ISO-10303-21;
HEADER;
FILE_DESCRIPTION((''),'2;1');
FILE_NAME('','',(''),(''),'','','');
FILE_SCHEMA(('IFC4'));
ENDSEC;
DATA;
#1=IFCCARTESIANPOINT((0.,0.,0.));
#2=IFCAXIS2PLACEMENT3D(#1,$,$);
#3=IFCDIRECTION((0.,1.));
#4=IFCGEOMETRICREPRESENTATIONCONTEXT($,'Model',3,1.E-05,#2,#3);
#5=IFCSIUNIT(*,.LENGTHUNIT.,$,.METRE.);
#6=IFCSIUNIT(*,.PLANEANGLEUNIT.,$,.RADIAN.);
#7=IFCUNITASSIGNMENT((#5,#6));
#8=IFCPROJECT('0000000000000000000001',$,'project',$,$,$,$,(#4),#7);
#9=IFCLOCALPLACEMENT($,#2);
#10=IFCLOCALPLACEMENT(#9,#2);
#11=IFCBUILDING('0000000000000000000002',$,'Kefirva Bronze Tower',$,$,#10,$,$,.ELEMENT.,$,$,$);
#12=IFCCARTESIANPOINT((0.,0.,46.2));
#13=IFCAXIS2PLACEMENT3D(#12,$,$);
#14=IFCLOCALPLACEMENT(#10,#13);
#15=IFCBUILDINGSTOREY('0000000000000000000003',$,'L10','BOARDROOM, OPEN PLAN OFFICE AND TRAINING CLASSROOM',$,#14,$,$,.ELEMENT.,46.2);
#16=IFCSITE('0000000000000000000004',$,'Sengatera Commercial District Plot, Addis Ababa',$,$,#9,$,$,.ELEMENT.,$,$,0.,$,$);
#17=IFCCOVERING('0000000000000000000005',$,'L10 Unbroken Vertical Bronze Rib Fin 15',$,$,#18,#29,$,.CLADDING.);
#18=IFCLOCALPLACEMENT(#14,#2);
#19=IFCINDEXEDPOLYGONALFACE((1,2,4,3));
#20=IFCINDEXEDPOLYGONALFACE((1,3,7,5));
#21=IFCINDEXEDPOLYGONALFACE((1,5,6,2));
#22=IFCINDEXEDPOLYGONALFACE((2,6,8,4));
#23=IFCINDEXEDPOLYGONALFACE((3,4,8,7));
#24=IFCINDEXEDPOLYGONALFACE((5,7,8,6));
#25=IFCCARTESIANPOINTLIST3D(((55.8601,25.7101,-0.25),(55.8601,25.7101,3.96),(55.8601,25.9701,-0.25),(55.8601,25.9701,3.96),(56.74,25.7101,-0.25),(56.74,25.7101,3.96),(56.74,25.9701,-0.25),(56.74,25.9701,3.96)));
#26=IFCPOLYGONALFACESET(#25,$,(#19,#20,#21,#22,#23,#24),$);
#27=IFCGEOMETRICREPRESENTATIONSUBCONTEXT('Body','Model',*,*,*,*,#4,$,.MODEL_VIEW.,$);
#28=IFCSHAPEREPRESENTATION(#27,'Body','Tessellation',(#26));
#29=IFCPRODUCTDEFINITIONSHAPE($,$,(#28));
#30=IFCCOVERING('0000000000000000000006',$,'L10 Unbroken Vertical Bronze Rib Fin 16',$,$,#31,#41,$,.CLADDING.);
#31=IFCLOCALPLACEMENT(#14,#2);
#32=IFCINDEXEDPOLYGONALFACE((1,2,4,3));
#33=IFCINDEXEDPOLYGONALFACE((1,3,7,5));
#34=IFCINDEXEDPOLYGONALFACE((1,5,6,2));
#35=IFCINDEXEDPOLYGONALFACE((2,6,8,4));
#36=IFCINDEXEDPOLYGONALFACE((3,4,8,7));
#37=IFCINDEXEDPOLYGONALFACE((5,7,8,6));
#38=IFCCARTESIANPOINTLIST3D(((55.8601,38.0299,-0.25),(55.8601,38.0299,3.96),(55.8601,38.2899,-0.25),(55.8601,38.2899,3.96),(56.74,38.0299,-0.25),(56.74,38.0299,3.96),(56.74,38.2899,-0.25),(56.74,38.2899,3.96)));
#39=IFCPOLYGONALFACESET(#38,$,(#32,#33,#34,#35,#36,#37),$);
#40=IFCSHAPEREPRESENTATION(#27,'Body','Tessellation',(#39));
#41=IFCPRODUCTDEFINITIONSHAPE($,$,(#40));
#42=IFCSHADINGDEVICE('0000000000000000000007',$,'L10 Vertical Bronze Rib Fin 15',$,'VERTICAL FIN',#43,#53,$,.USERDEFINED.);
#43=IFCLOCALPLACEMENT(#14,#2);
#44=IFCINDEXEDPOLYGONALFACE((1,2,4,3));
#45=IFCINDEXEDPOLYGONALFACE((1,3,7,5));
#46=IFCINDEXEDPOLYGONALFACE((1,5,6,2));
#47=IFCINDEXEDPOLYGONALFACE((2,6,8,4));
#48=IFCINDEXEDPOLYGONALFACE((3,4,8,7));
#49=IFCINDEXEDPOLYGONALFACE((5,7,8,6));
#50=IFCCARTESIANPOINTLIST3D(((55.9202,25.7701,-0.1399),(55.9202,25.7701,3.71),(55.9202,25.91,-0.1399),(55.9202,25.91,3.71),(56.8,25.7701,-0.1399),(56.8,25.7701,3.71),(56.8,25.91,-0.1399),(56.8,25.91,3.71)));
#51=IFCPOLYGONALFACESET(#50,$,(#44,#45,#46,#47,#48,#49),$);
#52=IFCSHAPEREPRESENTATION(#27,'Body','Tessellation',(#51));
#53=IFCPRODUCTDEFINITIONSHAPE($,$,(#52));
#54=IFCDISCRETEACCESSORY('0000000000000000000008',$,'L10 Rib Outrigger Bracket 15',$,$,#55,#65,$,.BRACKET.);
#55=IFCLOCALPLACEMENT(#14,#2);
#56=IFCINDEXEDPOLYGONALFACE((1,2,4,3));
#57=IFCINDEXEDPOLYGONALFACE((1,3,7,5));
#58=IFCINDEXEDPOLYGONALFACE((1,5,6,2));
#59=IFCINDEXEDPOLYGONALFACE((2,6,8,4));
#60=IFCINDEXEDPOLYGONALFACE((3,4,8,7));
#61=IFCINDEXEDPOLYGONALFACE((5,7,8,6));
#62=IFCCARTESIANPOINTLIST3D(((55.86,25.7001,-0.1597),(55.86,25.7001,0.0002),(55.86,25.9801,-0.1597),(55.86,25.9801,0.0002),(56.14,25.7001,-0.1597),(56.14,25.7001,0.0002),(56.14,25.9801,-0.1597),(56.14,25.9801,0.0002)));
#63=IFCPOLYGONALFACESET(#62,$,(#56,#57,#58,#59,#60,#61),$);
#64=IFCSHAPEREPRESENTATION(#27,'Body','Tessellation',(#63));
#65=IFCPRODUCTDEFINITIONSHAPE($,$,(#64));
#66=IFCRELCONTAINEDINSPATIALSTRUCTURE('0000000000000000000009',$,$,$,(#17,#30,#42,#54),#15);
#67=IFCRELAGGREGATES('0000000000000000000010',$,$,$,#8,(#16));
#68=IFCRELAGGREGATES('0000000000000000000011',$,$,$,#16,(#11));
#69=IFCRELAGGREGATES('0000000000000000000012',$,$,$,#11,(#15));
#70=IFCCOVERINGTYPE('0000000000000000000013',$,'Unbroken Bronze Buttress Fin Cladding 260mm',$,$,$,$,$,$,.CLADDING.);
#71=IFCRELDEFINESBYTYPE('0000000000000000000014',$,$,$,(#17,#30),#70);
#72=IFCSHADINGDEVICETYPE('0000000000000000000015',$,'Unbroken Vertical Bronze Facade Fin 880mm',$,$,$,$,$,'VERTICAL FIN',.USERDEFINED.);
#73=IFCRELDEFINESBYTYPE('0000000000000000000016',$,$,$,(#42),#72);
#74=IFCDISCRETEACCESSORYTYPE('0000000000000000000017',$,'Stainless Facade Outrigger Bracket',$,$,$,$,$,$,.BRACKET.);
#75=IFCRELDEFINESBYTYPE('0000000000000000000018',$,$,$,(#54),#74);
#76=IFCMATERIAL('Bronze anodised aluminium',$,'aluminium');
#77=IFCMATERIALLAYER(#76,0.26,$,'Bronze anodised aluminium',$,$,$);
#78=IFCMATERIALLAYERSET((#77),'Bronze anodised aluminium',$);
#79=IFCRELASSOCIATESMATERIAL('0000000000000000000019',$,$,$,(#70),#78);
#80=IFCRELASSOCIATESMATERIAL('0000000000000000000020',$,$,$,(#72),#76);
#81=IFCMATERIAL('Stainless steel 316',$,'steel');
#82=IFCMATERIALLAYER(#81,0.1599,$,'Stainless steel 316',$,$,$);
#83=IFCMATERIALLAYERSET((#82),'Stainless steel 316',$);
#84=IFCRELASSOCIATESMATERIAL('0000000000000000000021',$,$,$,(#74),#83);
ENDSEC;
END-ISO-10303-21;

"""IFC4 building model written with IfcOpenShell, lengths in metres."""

from ifc_helpers import new_model, si_unit, direction, frame, origin, origin_2d, place, context, subcontext, project, spatial, rectangle, extrude, material, layer, layer_set, material_profile, profile_set, type_object, element, save


model = new_model("IFC4")

# Units and contexts
model_context = context("Model", 3, precision=1e-05, world=origin(), true_north=direction((0.0, 1.0)))
body_context = subcontext(model_context, "Body", "Model", "MODEL_VIEW")
ifc_project = project(units=[si_unit("LENGTHUNIT", "METRE"), si_unit("PLANEANGLEUNIT", "RADIAN")], contexts=[model_context])

# Site, building, storey
site_placement = place(None, origin())
site = spatial("IfcSite", under=ifc_project, at=site_placement, Name="Sengatera Commercial District Plot, Addis Ababa", CompositionType="ELEMENT", RefElevation=0.0)
building_placement = place(site_placement, origin())
building = spatial("IfcBuilding", under=site, at=building_placement, Name="Kefirva Bronze Tower", CompositionType="ELEMENT")
storey_placement = place(building_placement, frame((0.0, 0.0, 46.2)))
storey = spatial("IfcBuildingStorey", under=building, at=storey_placement, Name="L10", Description="BOARDROOM, OPEN PLAN OFFICE AND TRAINING CLASSROOM", CompositionType="ELEMENT", Elevation=46.2)

# Shared definitions
ifc_material_1 = material(Name="Bronze anodised aluminium", Category="aluminium")

# Coverings
ifc_layer_1 = layer(ifc_material_1, 0.26, Name="Bronze anodised aluminium")
ifc_layer_set_1 = layer_set([ifc_layer_1], Name="Bronze anodised aluminium")
covering_type_1 = type_object("IfcCoveringType", Name="Unbroken Bronze Buttress Fin Cladding 260mm", PredefinedType="CLADDING", material=ifc_layer_set_1)
for number, where, z_axis, x_axis, name in (
    (1, (56.3, 25.8401, -0.25), (0.0, 0.0, 1.0), (0.0, 1.0, 0.0), "L10 Unbroken Vertical Bronze Rib Fin 15"),
    (2, (56.3, 38.1599, -0.25), (0.0, 0.0, 1.0), (0.0, 1.0, 0.0), "L10 Unbroken Vertical Bronze Rib Fin 16"),
):
    element("IfcCovering", number, at=place(storey_placement, frame(where, z_axis=z_axis, x_axis=x_axis)), inside=storey, type_object=covering_type_1, Name=name, PredefinedType="CLADDING", context=body_context, shape_type="SweptSolid", body=[
        extrude(rectangle(XDim=0.26, YDim=0.8799, at=origin_2d()), origin(), (0.0, 0.0, 1.0), 4.21),
    ])

# Shading device
ifc_material_profile_1 = material_profile(ifc_material_1, rectangle(XDim=0.1399, YDim=0.8799, at=origin_2d()), Name="BRONZE FIN 140x880")
ifc_profile_set_1 = profile_set([ifc_material_profile_1], Name="Bronze anodised aluminium")
shading_device_type = type_object("IfcShadingDeviceType", Name="Unbroken Vertical Bronze Facade Fin 880mm", ElementType="VERTICAL FIN", PredefinedType="USERDEFINED", material=ifc_profile_set_1)
shading_device_placement = place(storey_placement, frame((56.3601, 25.8401, -0.1399), z_axis=(0.0, 0.0, 1.0), x_axis=(0.0, 1.0, 0.0)))
element("IfcShadingDevice", 3, at=shading_device_placement, inside=storey, type_object=shading_device_type, Name="L10 Vertical Bronze Rib Fin 15", ObjectType="VERTICAL FIN", PredefinedType="USERDEFINED", context=body_context, shape_type="SweptSolid", body=[
    extrude(rectangle(XDim=0.1399, YDim=0.8799, at=origin_2d()), origin(), (0.0, 0.0, 1.0), 3.8499),
])

# Discrete accessory
ifc_material_2 = material(Name="Stainless steel 316", Category="steel")
ifc_layer_2 = layer(ifc_material_2, 0.1599, Name="Stainless steel 316")
ifc_layer_set_2 = layer_set([ifc_layer_2], Name="Stainless steel 316")
discrete_accessory_type = type_object("IfcDiscreteAccessoryType", Name="Stainless Facade Outrigger Bracket", PredefinedType="BRACKET", material=ifc_layer_set_2)
discrete_accessory_placement = place(storey_placement, frame((56.0, 25.8401, -0.1597), z_axis=(0.0, 0.0, 1.0), x_axis=(0.0, 1.0, 0.0)))
element("IfcDiscreteAccessory", 4, at=discrete_accessory_placement, inside=storey, type_object=discrete_accessory_type, Name="L10 Rib Outrigger Bracket 15", PredefinedType="BRACKET", context=body_context, shape_type="SweptSolid", body=[
    extrude(rectangle(XDim=0.28, YDim=0.28, at=origin_2d()), origin(), (0.0, 0.0, 1.0), 0.1599),
])

save(model, "model.ifc")
